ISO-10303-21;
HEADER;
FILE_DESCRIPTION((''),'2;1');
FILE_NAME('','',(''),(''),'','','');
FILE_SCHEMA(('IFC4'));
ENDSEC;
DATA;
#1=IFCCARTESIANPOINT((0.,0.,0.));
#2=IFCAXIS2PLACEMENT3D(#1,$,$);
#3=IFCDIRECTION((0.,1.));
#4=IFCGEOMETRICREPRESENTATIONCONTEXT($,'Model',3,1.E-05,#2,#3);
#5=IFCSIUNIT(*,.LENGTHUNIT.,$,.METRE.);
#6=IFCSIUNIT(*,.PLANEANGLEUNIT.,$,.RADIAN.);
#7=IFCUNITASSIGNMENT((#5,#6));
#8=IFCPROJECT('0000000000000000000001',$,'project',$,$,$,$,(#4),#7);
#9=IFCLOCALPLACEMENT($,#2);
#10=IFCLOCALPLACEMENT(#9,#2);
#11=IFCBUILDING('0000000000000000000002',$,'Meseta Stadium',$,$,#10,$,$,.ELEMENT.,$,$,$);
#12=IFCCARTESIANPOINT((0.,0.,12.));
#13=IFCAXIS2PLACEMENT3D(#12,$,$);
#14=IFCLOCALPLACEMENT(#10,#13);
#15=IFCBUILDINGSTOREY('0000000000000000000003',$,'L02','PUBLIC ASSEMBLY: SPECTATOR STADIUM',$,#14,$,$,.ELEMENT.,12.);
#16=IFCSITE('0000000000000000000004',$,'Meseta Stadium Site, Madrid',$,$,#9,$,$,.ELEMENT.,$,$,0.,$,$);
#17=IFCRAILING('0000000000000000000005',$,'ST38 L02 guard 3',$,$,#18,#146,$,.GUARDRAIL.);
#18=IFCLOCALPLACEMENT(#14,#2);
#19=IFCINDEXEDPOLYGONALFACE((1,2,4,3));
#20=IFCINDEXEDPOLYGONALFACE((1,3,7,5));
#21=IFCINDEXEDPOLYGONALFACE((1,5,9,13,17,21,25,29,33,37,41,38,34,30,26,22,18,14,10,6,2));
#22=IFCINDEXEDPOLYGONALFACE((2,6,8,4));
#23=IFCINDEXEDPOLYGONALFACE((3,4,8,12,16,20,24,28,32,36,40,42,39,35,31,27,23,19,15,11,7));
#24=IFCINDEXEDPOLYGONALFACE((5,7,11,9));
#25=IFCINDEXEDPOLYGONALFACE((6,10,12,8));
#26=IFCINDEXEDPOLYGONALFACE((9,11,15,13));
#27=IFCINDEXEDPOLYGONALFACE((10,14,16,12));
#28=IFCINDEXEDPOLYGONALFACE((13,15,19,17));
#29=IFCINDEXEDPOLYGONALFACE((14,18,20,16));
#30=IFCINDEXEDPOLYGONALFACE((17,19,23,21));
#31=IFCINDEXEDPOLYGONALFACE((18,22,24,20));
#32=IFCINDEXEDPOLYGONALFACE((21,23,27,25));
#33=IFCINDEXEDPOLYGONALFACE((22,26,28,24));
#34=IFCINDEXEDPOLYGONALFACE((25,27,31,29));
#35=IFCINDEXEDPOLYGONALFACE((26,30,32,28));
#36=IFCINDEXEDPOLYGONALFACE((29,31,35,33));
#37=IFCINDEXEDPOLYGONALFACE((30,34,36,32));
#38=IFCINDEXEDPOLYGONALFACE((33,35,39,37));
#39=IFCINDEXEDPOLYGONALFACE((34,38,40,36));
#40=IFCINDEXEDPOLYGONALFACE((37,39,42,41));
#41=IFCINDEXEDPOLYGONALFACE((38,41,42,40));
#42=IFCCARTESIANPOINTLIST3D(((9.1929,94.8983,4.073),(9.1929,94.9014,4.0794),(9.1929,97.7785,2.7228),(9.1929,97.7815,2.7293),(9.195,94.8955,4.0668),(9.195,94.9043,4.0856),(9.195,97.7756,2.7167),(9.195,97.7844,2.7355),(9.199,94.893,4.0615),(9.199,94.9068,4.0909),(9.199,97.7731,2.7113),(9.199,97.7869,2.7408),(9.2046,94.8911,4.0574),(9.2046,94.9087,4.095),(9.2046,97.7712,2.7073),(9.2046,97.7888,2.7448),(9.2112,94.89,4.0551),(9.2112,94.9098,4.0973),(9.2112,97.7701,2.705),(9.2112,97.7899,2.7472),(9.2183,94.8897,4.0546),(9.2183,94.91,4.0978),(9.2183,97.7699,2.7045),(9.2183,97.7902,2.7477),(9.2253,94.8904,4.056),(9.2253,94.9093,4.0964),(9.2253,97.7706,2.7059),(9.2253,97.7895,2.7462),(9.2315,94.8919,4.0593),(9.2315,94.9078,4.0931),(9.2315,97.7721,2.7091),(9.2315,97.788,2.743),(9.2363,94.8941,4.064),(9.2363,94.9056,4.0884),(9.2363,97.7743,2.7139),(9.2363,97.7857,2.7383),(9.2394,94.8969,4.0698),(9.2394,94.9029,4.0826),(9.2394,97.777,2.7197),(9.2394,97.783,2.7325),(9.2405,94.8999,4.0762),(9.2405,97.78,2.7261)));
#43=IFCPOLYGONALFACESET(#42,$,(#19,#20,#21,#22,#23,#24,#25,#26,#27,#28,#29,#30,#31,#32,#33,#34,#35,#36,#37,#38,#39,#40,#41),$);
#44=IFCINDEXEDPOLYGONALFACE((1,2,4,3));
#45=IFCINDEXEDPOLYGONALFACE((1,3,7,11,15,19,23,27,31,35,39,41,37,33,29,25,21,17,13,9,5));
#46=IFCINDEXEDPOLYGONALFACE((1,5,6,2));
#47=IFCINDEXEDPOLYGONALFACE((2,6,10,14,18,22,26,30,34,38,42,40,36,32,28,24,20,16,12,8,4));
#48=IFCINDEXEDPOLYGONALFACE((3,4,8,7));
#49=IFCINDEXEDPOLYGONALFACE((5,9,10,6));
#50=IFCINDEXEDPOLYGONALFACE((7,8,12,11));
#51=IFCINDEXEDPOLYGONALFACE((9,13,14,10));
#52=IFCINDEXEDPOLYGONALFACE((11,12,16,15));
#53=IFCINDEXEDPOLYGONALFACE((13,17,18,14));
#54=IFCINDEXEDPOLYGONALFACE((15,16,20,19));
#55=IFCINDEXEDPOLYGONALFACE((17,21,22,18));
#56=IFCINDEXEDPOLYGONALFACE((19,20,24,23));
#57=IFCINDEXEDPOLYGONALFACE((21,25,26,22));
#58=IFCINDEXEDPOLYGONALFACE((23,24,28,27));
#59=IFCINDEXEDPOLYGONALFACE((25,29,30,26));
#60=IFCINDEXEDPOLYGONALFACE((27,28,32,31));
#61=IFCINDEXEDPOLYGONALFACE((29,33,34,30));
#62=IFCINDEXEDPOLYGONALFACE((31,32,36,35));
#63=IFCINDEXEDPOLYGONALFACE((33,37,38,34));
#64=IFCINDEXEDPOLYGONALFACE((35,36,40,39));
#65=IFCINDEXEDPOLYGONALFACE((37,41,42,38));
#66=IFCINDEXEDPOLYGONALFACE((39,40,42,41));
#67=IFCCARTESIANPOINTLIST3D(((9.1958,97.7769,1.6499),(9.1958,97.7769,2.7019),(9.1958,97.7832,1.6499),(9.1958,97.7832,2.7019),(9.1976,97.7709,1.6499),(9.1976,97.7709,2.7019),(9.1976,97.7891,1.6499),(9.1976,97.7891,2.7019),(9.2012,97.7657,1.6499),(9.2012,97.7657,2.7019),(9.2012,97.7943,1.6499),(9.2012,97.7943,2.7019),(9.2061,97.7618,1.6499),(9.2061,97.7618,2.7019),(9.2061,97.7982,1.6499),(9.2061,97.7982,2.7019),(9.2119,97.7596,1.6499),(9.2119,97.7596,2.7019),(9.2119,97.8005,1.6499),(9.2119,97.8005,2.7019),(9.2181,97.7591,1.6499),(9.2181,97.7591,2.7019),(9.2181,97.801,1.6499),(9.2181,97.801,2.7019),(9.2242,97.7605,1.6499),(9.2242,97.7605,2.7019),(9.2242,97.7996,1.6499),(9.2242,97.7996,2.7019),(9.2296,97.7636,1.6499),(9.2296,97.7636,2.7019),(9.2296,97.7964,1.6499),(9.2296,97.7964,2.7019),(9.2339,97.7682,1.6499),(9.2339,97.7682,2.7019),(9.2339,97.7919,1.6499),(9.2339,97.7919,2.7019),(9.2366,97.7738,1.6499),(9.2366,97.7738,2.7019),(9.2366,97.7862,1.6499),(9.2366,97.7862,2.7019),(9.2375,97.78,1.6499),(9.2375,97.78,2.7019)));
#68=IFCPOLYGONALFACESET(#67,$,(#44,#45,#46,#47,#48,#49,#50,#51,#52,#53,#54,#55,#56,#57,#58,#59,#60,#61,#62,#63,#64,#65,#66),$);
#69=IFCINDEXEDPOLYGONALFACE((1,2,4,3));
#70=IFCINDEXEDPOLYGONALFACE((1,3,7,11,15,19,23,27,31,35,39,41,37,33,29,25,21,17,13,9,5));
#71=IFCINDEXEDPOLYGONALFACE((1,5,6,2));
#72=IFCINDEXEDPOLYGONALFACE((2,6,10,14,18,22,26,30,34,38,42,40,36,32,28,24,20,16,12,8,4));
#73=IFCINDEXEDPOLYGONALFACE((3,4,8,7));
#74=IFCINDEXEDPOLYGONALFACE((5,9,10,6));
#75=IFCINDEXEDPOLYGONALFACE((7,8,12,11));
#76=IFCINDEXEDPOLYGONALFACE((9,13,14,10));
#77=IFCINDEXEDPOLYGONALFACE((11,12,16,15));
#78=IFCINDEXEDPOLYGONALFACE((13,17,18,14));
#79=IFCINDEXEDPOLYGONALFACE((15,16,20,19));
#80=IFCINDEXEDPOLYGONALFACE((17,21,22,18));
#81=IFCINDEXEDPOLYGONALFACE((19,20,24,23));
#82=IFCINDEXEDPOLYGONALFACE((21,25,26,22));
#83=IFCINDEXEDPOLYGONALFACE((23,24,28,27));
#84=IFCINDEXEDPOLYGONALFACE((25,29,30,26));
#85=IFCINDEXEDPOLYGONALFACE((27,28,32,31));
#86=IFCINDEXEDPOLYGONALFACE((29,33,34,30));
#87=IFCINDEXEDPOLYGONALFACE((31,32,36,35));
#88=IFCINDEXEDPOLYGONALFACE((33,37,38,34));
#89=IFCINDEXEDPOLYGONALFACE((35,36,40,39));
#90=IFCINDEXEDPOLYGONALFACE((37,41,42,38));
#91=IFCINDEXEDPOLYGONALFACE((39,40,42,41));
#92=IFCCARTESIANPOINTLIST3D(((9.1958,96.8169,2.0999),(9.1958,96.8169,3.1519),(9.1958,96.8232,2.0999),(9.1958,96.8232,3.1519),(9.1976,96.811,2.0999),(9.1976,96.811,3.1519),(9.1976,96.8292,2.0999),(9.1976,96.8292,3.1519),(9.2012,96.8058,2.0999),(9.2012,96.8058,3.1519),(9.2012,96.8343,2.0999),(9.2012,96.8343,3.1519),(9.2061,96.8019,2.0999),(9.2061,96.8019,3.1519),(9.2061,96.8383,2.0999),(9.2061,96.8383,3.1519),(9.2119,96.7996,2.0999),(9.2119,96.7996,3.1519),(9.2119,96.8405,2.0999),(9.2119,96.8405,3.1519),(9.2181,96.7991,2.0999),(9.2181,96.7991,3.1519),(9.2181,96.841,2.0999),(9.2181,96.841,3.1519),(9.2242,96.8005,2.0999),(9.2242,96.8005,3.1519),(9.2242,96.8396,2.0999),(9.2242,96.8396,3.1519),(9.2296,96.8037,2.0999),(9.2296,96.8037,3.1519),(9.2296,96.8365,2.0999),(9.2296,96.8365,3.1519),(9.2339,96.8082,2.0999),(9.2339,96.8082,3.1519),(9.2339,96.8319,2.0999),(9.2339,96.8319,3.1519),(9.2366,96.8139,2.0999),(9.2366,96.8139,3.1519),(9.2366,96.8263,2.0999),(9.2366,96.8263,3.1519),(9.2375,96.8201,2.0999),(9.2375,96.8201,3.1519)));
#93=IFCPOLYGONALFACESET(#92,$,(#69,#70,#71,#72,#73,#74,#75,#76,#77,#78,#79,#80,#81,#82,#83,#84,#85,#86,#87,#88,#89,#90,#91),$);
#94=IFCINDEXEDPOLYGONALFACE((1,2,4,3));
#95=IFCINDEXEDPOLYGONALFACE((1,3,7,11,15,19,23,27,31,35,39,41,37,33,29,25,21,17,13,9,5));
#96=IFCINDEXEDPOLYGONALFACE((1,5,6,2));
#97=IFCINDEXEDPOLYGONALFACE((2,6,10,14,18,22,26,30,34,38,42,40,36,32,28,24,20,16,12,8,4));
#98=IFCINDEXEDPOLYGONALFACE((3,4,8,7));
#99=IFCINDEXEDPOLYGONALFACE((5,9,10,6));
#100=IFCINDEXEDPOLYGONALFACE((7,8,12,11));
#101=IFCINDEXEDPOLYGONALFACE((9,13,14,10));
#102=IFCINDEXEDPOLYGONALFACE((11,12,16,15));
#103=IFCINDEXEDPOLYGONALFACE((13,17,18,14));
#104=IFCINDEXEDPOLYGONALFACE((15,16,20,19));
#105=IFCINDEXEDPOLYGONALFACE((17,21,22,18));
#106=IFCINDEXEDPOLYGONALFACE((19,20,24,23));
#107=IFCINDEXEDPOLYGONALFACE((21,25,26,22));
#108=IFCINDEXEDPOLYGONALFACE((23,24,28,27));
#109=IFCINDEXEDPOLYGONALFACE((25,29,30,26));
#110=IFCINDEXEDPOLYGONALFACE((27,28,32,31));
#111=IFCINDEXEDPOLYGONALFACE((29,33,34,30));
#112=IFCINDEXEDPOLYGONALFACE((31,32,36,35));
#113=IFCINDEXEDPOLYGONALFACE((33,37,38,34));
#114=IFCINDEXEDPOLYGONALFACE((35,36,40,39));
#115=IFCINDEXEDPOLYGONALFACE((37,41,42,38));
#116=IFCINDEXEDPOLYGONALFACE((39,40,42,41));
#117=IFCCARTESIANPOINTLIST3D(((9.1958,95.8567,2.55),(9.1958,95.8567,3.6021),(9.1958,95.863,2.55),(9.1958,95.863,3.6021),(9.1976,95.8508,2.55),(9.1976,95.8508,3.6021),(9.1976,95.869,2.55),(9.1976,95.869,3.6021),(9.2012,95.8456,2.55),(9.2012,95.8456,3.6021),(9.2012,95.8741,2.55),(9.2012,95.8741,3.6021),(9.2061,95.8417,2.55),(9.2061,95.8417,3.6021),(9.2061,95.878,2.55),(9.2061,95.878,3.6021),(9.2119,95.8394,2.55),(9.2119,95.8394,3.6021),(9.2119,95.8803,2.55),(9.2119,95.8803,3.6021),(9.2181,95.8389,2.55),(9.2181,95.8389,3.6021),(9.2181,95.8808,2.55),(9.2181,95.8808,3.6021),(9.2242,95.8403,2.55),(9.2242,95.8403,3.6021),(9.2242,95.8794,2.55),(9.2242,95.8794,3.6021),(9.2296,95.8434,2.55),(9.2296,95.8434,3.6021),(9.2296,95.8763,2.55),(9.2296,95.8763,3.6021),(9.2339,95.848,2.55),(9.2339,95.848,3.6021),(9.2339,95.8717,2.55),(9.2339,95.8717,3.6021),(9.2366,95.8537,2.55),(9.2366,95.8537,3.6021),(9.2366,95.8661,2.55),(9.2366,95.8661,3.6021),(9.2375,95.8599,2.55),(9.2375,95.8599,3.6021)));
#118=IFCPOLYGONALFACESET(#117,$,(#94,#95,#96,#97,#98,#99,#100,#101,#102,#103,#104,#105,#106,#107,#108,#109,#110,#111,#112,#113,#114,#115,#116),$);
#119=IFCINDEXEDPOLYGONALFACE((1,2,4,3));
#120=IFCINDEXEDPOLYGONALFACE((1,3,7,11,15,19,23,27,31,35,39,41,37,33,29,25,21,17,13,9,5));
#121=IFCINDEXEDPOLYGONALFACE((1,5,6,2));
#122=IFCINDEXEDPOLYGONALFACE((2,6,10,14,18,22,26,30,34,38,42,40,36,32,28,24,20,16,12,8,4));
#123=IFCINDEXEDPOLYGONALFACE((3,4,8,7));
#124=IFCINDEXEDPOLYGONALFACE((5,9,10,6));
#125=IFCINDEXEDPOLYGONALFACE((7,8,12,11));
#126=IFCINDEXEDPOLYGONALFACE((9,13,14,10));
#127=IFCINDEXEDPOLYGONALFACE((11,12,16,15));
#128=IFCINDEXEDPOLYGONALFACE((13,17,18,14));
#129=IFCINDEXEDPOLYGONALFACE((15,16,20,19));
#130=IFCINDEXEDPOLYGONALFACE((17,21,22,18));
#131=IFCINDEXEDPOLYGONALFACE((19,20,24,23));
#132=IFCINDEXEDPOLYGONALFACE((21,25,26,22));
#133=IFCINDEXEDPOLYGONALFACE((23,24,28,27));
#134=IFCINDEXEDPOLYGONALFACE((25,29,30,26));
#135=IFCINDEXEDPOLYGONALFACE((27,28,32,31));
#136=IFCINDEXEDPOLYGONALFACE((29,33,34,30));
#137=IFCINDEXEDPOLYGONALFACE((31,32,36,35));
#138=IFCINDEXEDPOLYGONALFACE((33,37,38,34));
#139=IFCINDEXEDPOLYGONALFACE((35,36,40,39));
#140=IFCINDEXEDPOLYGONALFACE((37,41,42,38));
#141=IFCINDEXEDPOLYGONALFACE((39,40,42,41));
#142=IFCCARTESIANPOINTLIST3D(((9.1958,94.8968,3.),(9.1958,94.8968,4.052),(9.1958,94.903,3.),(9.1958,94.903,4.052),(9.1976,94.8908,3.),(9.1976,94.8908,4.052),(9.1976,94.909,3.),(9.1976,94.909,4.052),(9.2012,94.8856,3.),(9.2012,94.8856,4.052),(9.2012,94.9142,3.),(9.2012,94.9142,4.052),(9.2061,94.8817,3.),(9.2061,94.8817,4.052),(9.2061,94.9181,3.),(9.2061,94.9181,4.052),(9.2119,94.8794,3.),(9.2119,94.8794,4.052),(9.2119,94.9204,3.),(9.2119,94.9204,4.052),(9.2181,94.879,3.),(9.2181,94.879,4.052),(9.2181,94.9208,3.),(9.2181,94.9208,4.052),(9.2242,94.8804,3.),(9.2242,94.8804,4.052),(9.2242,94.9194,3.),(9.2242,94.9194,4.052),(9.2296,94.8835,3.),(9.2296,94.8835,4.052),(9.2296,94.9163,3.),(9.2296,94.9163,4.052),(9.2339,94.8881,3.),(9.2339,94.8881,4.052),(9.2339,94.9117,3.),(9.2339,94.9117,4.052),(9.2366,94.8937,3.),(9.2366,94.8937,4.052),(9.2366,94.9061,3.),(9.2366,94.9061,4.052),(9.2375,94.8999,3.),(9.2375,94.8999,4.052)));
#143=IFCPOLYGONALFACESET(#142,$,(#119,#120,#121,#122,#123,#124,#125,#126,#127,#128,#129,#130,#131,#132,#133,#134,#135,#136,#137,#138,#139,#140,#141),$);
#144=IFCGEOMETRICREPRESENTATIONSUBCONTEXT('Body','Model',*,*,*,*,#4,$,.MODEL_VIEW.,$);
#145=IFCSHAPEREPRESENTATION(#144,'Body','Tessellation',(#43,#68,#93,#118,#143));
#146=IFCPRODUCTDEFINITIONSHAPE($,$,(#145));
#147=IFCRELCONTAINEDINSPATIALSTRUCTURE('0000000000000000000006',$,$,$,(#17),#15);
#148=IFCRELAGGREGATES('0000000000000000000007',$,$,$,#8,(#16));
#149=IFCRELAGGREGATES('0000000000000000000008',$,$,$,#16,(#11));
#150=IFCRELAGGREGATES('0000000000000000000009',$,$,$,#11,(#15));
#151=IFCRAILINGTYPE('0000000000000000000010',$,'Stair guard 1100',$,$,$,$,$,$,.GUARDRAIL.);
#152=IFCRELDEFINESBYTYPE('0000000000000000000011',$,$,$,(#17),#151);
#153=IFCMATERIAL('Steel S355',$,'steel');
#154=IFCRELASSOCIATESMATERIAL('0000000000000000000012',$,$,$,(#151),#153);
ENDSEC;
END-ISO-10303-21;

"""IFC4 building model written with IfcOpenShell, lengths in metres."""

from ifc_helpers import new_model, si_unit, direction, frame, origin, origin_2d, place, context, subcontext, project, spatial, circle, extrude, material, type_object, element, save


model = new_model("IFC4")

# Units and contexts
model_context = context("Model", 3, precision=1e-05, world=origin(), true_north=direction((0.0, 1.0)))
body_context = subcontext(model_context, "Body", "Model", "MODEL_VIEW")
ifc_project = project(units=[si_unit("LENGTHUNIT", "METRE"), si_unit("PLANEANGLEUNIT", "RADIAN")], contexts=[model_context])

# Site, building, storey
site_placement = place(None, origin())
site = spatial("IfcSite", under=ifc_project, at=site_placement, Name="Meseta Stadium Site, Madrid", CompositionType="ELEMENT", RefElevation=0.0)
building_placement = place(site_placement, origin())
building = spatial("IfcBuilding", under=site, at=building_placement, Name="Meseta Stadium", CompositionType="ELEMENT")
storey_placement = place(building_placement, frame((0.0, 0.0, 12.0)))
storey = spatial("IfcBuildingStorey", under=building, at=storey_placement, Name="L02", Description="PUBLIC ASSEMBLY: SPECTATOR STADIUM", CompositionType="ELEMENT", Elevation=12.0)

# Railing
ifc_material_1 = material(Name="Steel S355", Category="steel")
railing_type_1 = type_object("IfcRailingType", Name="Stair guard 1100", PredefinedType="GUARDRAIL", material=ifc_material_1)
railing_1_placement = place(storey_placement, frame((9.2166, 97.78, 1.6499)))
element("IfcRailing", 1, at=railing_1_placement, inside=storey, type_object=railing_type_1, Name="ST38 L02 guard 3", PredefinedType="GUARDRAIL", context=body_context, shape_type="SweptSolid", body=[
    extrude(circle(Radius=0.0239, at=origin_2d()), frame((0.0, 0.0, 1.0762), z_axis=(0.0, -0.905454, 0.424444), x_axis=(1.0, 0.0, 0.0)), (0.0, 0.0, 1.0), 3.1809),
    extrude(circle(Radius=0.021, at=origin_2d()), origin(), (0.0, 0.0, 1.0), 1.052),
    extrude(circle(Radius=0.021, at=origin_2d()), frame((0.0, -0.96, 0.45)), (0.0, 0.0, 1.0), 1.052),
    extrude(circle(Radius=0.021, at=origin_2d()), frame((0.0, -1.9202, 0.9001)), (0.0, 0.0, 1.0), 1.052),
    extrude(circle(Radius=0.021, at=origin_2d()), frame((0.0, -2.8801, 1.3501)), (0.0, 0.0, 1.0), 1.052),
])

save(model, "model.ifc")
